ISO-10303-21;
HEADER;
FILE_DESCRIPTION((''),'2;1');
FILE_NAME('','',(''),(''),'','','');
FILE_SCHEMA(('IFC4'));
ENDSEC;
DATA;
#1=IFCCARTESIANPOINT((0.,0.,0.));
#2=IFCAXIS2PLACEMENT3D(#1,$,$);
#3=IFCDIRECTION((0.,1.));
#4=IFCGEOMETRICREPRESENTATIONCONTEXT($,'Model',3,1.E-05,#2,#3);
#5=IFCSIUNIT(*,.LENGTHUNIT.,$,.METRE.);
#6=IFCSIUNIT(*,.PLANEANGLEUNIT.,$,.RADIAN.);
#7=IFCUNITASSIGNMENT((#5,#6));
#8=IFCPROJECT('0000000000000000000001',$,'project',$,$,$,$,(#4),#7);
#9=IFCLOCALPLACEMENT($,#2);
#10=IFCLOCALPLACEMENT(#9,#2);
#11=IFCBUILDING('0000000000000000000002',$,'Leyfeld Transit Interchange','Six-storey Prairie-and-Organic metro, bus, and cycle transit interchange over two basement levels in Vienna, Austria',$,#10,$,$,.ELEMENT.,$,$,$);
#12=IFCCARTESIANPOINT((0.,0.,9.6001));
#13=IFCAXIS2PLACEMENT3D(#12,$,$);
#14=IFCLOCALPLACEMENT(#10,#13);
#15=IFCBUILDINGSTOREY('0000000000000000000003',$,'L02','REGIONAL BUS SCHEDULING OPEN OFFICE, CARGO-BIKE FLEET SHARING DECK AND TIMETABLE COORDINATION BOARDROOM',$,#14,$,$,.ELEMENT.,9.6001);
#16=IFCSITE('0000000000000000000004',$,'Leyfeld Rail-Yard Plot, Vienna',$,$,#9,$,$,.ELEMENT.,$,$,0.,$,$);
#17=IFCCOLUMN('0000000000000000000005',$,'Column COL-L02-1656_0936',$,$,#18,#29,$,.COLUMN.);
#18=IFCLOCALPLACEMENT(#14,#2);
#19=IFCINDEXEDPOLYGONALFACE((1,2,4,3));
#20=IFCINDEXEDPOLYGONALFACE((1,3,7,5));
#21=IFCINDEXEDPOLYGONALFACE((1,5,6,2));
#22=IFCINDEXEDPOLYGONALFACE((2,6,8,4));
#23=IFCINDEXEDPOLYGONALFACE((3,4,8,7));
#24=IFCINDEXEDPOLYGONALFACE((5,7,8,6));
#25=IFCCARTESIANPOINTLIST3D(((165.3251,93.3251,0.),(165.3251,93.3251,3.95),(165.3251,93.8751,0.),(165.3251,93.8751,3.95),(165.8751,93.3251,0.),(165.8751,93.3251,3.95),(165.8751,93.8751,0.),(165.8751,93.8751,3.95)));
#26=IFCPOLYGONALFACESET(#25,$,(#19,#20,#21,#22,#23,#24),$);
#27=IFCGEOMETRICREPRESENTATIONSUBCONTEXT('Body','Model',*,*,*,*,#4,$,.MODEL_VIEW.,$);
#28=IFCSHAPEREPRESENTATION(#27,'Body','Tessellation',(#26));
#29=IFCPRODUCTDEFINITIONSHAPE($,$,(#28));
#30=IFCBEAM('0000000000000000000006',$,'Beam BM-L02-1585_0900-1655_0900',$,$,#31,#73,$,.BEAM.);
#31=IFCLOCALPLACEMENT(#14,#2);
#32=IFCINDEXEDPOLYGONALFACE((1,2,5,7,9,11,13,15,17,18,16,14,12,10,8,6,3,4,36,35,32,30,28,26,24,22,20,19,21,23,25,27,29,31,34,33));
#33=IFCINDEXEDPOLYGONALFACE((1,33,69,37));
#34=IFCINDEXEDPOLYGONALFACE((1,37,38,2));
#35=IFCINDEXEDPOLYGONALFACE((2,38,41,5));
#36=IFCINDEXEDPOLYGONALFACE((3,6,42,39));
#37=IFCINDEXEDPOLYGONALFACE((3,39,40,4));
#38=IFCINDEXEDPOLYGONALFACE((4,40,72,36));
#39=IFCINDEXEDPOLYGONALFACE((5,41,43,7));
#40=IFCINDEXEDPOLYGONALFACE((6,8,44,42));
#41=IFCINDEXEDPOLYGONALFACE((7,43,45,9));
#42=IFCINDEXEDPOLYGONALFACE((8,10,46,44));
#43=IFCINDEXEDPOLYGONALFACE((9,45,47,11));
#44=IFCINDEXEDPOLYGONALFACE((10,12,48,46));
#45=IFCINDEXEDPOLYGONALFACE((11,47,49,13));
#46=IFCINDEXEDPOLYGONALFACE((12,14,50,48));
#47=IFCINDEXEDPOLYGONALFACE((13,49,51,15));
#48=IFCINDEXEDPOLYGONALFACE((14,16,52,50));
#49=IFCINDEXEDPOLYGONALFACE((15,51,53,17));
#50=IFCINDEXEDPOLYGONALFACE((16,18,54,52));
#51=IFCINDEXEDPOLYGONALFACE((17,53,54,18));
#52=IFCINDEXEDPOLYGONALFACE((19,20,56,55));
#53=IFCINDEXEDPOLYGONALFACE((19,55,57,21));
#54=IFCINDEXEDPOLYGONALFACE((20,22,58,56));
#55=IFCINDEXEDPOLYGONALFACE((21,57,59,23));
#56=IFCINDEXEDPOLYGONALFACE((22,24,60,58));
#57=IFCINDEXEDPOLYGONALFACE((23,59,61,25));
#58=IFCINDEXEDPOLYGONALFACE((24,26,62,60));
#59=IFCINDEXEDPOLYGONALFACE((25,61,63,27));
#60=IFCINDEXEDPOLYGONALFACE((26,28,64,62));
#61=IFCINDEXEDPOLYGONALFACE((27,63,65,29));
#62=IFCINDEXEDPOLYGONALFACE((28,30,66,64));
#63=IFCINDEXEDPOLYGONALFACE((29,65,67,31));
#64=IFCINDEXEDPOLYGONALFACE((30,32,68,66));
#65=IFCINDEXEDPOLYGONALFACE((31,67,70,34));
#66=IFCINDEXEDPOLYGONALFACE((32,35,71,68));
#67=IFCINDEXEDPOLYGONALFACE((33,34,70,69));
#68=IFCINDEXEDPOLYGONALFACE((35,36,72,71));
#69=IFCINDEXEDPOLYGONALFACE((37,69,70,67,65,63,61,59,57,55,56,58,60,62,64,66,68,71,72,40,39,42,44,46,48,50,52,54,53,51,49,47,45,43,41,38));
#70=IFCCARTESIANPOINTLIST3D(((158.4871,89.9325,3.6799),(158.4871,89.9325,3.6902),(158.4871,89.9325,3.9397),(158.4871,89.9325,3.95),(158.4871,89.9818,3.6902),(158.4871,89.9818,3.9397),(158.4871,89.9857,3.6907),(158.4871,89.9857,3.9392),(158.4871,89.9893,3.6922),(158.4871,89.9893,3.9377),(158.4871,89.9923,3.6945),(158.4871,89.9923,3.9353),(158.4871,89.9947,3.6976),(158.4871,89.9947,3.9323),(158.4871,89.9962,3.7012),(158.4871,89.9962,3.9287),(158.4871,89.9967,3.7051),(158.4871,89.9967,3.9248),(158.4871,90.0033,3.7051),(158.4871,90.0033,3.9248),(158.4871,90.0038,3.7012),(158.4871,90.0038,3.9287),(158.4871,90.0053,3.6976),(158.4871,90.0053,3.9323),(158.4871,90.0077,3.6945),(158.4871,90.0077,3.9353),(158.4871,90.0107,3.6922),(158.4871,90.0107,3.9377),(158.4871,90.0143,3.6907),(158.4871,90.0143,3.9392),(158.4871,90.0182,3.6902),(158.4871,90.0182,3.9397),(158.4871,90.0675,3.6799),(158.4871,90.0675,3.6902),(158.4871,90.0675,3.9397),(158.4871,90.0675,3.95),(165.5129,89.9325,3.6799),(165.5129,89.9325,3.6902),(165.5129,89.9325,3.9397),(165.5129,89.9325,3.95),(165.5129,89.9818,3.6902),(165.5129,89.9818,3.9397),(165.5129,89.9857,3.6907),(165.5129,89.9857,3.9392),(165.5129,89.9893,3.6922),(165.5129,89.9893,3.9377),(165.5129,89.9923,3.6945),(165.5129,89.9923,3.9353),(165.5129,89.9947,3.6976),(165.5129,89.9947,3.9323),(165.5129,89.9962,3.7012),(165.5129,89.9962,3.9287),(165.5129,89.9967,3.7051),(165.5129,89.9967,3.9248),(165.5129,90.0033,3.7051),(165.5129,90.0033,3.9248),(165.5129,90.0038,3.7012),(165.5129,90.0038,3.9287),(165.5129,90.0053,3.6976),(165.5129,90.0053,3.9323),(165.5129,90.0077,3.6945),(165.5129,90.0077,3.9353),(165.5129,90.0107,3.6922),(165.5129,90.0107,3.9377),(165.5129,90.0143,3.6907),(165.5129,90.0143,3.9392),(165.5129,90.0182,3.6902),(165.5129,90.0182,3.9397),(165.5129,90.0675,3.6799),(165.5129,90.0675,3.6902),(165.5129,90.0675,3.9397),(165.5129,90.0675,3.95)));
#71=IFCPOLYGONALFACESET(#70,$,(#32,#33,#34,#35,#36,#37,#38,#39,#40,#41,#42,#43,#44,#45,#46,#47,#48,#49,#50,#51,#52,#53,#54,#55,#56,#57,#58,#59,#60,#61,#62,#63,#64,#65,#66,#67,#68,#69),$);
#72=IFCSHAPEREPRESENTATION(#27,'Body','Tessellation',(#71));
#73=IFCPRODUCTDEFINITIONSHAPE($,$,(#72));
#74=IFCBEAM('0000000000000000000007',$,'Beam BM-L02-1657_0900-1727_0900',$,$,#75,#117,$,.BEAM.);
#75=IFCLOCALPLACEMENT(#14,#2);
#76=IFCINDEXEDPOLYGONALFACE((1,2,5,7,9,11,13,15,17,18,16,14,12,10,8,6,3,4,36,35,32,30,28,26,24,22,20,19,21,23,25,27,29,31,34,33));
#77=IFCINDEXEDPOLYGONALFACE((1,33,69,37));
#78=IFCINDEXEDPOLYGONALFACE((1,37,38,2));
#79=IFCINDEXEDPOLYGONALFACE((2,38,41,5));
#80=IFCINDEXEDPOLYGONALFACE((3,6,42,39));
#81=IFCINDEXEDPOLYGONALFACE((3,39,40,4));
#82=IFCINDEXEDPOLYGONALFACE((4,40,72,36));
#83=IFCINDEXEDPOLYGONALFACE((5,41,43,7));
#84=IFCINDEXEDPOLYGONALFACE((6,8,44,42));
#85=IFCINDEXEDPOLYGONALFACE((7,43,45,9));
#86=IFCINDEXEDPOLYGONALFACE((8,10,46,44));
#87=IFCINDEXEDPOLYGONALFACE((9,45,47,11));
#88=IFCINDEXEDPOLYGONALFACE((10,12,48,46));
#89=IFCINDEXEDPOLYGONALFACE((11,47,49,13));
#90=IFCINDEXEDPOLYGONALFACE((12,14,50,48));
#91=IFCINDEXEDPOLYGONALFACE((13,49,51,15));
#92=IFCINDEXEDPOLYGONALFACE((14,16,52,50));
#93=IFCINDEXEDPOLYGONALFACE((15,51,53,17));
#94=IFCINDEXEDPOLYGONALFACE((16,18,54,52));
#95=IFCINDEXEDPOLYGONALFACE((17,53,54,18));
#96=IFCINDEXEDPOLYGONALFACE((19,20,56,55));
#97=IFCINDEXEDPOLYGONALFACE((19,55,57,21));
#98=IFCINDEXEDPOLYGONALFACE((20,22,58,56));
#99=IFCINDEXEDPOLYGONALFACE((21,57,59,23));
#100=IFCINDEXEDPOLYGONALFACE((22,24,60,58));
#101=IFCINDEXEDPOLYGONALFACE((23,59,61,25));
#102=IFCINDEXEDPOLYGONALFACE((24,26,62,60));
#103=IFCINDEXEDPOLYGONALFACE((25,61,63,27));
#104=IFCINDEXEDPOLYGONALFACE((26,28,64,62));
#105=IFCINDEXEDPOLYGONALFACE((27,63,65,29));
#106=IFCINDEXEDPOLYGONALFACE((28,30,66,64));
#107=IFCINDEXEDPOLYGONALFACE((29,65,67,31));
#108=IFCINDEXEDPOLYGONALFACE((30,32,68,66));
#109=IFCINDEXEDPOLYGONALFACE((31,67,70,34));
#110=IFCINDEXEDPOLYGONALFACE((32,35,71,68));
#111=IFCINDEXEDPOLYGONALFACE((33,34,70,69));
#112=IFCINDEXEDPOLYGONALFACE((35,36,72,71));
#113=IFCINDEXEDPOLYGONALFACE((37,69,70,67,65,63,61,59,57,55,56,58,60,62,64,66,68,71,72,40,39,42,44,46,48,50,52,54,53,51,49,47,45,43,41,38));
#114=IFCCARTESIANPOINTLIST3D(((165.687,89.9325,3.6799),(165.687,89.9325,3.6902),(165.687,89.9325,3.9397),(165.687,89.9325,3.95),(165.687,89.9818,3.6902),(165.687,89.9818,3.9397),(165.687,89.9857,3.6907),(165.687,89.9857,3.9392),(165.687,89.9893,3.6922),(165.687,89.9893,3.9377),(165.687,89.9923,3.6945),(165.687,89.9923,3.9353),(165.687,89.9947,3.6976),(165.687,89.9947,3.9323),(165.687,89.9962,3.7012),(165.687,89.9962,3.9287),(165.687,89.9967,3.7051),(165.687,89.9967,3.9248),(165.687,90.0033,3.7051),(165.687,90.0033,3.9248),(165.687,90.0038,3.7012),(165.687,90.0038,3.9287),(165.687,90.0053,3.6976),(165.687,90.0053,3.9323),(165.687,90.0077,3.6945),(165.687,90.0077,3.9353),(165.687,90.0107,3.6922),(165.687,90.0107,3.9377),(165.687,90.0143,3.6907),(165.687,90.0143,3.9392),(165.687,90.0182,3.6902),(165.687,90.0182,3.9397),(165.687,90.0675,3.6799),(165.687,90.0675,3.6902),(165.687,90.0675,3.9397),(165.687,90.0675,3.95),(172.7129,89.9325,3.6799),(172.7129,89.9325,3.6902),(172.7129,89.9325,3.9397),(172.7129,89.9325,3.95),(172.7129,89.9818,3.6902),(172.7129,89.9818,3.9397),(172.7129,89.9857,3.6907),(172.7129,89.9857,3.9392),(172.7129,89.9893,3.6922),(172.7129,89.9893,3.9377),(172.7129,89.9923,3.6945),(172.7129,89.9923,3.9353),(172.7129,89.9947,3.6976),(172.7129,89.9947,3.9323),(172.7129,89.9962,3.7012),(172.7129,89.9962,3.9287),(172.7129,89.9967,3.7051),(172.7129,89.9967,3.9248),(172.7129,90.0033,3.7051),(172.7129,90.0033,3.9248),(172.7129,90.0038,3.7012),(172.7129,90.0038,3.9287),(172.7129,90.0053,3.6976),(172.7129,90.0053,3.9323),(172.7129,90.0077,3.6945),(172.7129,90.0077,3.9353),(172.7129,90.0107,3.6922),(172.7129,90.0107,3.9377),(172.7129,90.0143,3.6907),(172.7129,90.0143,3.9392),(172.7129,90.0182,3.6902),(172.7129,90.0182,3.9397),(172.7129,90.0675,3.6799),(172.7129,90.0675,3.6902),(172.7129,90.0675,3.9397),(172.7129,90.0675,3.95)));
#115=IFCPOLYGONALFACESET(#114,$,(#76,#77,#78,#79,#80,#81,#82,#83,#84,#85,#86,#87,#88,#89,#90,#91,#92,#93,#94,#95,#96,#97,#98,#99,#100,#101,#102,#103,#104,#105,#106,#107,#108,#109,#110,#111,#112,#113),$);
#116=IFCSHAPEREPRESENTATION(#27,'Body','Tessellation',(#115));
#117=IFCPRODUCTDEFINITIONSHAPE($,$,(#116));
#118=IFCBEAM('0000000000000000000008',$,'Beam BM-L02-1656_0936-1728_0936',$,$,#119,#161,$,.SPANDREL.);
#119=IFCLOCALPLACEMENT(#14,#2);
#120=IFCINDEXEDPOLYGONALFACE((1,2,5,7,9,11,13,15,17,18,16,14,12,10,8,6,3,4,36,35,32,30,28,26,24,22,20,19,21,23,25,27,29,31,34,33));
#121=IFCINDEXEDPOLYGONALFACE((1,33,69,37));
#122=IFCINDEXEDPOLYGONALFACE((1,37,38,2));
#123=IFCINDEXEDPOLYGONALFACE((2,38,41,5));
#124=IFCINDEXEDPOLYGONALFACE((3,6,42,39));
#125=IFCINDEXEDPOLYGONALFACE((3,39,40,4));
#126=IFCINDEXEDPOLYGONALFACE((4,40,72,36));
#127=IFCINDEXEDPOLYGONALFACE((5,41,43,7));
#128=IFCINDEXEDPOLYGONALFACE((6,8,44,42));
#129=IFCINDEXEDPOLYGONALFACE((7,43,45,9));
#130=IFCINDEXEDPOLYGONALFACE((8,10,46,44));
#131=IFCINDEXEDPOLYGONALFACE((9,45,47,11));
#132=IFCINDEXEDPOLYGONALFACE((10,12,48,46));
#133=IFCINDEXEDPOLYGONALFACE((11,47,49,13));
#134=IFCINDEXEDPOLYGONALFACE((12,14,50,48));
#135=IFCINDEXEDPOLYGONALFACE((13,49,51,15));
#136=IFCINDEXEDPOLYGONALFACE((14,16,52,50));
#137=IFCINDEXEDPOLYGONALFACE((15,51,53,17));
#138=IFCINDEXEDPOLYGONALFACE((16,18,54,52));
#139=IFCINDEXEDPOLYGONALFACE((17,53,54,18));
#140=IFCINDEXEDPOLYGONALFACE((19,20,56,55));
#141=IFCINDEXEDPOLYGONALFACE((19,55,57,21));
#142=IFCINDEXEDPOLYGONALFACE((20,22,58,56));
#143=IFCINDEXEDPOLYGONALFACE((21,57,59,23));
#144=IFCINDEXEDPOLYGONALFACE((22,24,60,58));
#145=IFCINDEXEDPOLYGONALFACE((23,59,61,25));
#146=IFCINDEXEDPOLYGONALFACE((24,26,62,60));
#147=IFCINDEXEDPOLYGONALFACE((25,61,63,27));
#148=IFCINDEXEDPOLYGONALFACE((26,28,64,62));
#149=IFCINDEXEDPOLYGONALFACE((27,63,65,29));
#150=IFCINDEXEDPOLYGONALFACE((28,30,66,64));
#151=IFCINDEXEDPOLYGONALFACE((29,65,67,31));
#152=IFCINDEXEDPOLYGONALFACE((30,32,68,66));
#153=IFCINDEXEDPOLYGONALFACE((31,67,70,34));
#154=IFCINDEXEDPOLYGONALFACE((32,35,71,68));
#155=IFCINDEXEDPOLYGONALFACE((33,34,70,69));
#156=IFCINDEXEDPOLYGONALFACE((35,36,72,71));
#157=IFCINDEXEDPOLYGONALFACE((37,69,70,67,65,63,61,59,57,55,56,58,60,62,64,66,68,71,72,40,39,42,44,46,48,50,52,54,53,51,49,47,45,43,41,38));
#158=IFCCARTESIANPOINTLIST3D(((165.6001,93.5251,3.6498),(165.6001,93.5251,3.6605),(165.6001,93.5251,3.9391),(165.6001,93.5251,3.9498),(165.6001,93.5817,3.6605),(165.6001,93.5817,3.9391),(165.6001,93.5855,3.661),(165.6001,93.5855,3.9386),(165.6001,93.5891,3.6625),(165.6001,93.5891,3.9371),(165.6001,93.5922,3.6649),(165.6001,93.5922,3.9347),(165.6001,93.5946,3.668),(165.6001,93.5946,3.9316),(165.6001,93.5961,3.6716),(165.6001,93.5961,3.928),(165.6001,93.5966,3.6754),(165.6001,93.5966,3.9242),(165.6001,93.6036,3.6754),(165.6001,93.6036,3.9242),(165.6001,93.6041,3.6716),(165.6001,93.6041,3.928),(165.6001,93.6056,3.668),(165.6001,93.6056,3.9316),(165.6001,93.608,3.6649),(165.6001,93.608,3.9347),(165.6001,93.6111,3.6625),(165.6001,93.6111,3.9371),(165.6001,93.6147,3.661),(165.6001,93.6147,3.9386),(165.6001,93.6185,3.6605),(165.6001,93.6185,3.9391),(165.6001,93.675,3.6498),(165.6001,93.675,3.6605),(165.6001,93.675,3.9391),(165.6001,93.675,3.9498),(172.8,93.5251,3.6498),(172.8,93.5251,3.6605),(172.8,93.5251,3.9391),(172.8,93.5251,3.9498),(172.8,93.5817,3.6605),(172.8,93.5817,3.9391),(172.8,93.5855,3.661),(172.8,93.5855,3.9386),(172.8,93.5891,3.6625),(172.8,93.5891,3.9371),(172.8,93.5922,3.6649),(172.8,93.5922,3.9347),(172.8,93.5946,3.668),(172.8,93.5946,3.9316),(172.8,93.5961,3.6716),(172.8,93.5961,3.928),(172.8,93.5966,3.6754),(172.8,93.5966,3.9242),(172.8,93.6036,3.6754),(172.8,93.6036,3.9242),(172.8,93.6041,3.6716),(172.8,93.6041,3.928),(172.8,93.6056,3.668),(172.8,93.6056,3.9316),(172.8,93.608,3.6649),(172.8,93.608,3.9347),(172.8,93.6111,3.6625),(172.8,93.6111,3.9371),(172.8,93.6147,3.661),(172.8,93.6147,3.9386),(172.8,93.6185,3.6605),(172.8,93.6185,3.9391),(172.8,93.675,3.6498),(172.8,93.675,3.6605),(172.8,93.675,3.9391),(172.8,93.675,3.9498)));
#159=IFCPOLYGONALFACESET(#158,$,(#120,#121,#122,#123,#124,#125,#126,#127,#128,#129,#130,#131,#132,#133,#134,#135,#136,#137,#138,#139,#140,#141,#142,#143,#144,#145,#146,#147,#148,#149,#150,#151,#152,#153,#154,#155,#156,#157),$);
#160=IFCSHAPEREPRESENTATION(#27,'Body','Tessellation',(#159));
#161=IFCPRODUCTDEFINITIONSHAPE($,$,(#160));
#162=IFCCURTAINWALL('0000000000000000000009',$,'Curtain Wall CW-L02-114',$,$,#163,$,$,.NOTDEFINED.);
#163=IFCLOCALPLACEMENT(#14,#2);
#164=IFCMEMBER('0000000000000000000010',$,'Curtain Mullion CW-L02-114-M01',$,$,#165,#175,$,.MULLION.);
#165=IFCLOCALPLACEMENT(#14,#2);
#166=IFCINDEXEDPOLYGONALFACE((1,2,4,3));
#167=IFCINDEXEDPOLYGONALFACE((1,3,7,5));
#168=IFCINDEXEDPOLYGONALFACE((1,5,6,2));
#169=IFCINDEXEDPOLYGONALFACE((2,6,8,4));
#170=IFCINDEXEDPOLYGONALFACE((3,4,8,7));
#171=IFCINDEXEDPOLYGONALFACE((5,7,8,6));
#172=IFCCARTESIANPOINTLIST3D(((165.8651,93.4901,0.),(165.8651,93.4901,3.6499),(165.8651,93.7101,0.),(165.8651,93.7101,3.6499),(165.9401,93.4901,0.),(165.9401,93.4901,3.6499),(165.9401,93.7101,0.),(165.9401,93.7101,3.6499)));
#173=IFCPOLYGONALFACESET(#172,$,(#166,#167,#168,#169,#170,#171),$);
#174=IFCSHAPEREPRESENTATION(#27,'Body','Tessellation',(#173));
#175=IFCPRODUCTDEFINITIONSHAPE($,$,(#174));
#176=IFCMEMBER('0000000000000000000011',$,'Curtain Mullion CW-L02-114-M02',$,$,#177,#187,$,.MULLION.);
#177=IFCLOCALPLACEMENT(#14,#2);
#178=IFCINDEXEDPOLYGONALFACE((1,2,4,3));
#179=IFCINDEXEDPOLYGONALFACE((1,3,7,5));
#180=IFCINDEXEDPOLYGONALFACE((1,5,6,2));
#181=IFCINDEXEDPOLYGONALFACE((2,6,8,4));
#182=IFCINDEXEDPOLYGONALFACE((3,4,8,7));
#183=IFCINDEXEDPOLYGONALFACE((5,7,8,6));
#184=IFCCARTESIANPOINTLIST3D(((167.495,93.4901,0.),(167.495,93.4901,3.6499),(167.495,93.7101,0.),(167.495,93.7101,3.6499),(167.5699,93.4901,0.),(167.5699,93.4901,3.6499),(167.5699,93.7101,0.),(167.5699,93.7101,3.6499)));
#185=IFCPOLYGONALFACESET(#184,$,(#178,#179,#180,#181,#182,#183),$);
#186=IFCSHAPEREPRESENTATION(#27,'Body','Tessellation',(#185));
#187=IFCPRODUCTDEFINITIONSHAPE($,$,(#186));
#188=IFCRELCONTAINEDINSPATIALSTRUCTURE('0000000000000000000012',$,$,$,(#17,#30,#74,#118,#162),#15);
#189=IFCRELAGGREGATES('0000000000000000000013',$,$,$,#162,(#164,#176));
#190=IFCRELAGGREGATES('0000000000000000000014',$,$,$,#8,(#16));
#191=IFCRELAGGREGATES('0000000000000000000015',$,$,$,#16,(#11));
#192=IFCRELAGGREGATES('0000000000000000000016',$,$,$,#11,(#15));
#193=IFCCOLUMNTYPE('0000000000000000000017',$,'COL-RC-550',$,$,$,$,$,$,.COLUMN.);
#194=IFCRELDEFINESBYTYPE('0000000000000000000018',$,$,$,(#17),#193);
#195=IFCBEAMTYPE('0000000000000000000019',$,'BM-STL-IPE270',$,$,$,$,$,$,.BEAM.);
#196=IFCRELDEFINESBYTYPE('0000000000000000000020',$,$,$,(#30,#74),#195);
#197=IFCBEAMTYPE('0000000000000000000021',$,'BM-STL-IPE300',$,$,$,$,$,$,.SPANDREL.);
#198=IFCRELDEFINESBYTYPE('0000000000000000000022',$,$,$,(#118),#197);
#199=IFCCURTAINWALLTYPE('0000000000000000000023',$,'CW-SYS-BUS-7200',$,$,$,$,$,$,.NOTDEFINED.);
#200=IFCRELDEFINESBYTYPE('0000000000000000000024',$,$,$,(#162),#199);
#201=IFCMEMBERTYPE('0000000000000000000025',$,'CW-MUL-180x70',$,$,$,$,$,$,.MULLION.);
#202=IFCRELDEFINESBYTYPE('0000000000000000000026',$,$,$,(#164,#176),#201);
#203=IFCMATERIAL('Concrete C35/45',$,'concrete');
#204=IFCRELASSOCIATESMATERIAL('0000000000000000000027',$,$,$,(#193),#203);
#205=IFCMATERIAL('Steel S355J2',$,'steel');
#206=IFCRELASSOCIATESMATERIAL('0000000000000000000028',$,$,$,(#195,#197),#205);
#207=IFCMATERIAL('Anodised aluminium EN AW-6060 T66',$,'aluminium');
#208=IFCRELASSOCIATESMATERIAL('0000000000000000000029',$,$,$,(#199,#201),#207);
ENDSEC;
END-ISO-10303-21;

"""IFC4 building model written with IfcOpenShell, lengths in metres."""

from ifc_helpers import new_model, si_unit, direction, frame, origin, origin_2d, place, context, subcontext, project, spatial, rectangle, i_section, extrude, material, material_profile, profile_set, type_object, element, aggregate, save


model = new_model("IFC4")

# Units and contexts
model_context = context("Model", 3, precision=1e-05, world=origin(), true_north=direction((0.0, 1.0)))
body_context = subcontext(model_context, "Body", "Model", "MODEL_VIEW")
ifc_project = project(units=[si_unit("LENGTHUNIT", "METRE"), si_unit("PLANEANGLEUNIT", "RADIAN")], contexts=[model_context])

# Site, building, storey
site_placement = place(None, origin())
site = spatial("IfcSite", under=ifc_project, at=site_placement, Name="Leyfeld Rail-Yard Plot, Vienna", CompositionType="ELEMENT", RefElevation=0.0)
building_placement = place(site_placement, origin())
building = spatial("IfcBuilding", under=site, at=building_placement, Name="Leyfeld Transit Interchange", Description="Six-storey Prairie-and-Organic metro, bus, and cycle transit interchange over two basement levels in Vienna, Austria", CompositionType="ELEMENT")
storey_placement = place(building_placement, frame((0.0, 0.0, 9.6001)))
storey = spatial("IfcBuildingStorey", under=building, at=storey_placement, Name="L02", Description="REGIONAL BUS SCHEDULING OPEN OFFICE, CARGO-BIKE FLEET SHARING DECK AND TIMETABLE COORDINATION BOARDROOM", CompositionType="ELEMENT", Elevation=9.6001)

# Column
ifc_material_1 = material(Name="Concrete C35/45", Category="concrete")
ifc_material_profile_1 = material_profile(ifc_material_1, rectangle(XDim=0.55, YDim=0.55, at=origin_2d()), Name="RC 550x550")
ifc_profile_set_1 = profile_set([ifc_material_profile_1], Name="Concrete C35/45")
column_type = type_object("IfcColumnType", Name="COL-RC-550", PredefinedType="COLUMN", material=ifc_profile_set_1)
column_placement = place(storey_placement, frame((165.6001, 93.6001, 0.0), z_axis=(0.0, 0.0, 1.0), x_axis=(1.0, 0.0, 0.0)))
element("IfcColumn", 1, at=column_placement, inside=storey, type_object=column_type, Name="Column COL-L02-1656_0936", PredefinedType="COLUMN", context=body_context, shape_type="SweptSolid", body=[
    extrude(rectangle(XDim=0.55, YDim=0.55, at=origin_2d()), origin(), (0.0, 0.0, 1.0), 3.95),
])

# Beams
ifc_material_2 = material(Name="Steel S355J2", Category="steel")
ifc_material_profile_2 = material_profile(ifc_material_2, i_section(OverallWidth=0.135, OverallDepth=0.27, WebThickness=0.0066, FlangeThickness=0.0103, FilletRadius=0.0149, at=origin_2d()), Name="IPE 270")
ifc_profile_set_2 = profile_set([ifc_material_profile_2], Name="Steel S355J2")
beam_type_1 = type_object("IfcBeamType", Name="BM-STL-IPE270", PredefinedType="BEAM", material=ifc_profile_set_2)
for number, where, z_axis, x_axis, name in (
    (2, (158.4871, 90.0, 3.8149), (1.0, 0.0, 0.0), (0.0, 1.0, 0.0), "Beam BM-L02-1585_0900-1655_0900"),
    (3, (165.687, 90.0, 3.8149), (1.0, 0.0, 0.0), (0.0, 1.0, 0.0), "Beam BM-L02-1657_0900-1727_0900"),
):
    element("IfcBeam", number, at=place(storey_placement, frame(where, z_axis=z_axis, x_axis=x_axis)), inside=storey, type_object=beam_type_1, Name=name, PredefinedType="BEAM", context=body_context, shape_type="SweptSolid", body=[
        extrude(i_section(OverallWidth=0.135, OverallDepth=0.27, WebThickness=0.0066, FlangeThickness=0.0103, FilletRadius=0.0149, at=origin_2d()), origin(), (0.0, 0.0, 1.0), 7.0259),
    ])
ifc_material_profile_3 = material_profile(ifc_material_2, i_section(OverallWidth=0.1499, OverallDepth=0.3, WebThickness=0.0071, FlangeThickness=0.0107, FilletRadius=0.0149, at=origin_2d()), Name="IPE 300")
ifc_profile_set_3 = profile_set([ifc_material_profile_3], Name="Steel S355J2")
beam_type_2 = type_object("IfcBeamType", Name="BM-STL-IPE300", PredefinedType="SPANDREL", material=ifc_profile_set_3)
beam_placement = place(storey_placement, frame((165.6001, 93.6001, 3.7998), z_axis=(1.0, 0.0, 0.0), x_axis=(0.0, 1.0, 0.0)))
element("IfcBeam", 4, at=beam_placement, inside=storey, type_object=beam_type_2, Name="Beam BM-L02-1656_0936-1728_0936", PredefinedType="SPANDREL", context=body_context, shape_type="SweptSolid", body=[
    extrude(i_section(OverallWidth=0.1499, OverallDepth=0.3, WebThickness=0.0071, FlangeThickness=0.0107, FilletRadius=0.0149, at=origin_2d()), origin(), (0.0, 0.0, 1.0), 7.2),
])

# Curtain wall, members
ifc_material_3 = material(Name="Anodised aluminium EN AW-6060 T66", Category="aluminium")
curtain_wall_type = type_object("IfcCurtainWallType", Name="CW-SYS-BUS-7200", PredefinedType="NOTDEFINED", material=ifc_material_3)
curtain_wall_placement = place(storey_placement, origin())
curtain_wall = element("IfcCurtainWall", 5, at=curtain_wall_placement, inside=storey, type_object=curtain_wall_type, Name="Curtain Wall CW-L02-114", PredefinedType="NOTDEFINED")
ifc_material_profile_4 = material_profile(ifc_material_3, rectangle(XDim=0.075, YDim=0.22, at=origin_2d()), Name="CW-M 75x220")
ifc_profile_set_4 = profile_set([ifc_material_profile_4], Name="Anodised aluminium EN AW-6060 T66")
member_type_1 = type_object("IfcMemberType", Name="CW-MUL-180x70", PredefinedType="MULLION", material=ifc_profile_set_4)
member_1_placement = place(storey_placement, frame((165.9026, 93.6001, 0.0), z_axis=(0.0, 0.0, 1.0), x_axis=(1.0, 0.0, 0.0)))
member_1 = element("IfcMember", 6, at=member_1_placement, type_object=member_type_1, Name="Curtain Mullion CW-L02-114-M01", PredefinedType="MULLION", context=body_context, shape_type="SweptSolid", body=[
    extrude(rectangle(XDim=0.075, YDim=0.22, at=origin_2d()), origin(), (0.0, 0.0, 1.0), 3.6499),
])
member_2_placement = place(storey_placement, frame((167.5325, 93.6001, 0.0), z_axis=(0.0, 0.0, 1.0), x_axis=(1.0, 0.0, 0.0)))
member_2 = element("IfcMember", 7, at=member_2_placement, type_object=member_type_1, Name="Curtain Mullion CW-L02-114-M02", PredefinedType="MULLION", context=body_context, shape_type="SweptSolid", body=[
    extrude(rectangle(XDim=0.075, YDim=0.22, at=origin_2d()), origin(), (0.0, 0.0, 1.0), 3.6499),
])
aggregate(curtain_wall, [member_1, member_2])

save(model, "model.ifc")
